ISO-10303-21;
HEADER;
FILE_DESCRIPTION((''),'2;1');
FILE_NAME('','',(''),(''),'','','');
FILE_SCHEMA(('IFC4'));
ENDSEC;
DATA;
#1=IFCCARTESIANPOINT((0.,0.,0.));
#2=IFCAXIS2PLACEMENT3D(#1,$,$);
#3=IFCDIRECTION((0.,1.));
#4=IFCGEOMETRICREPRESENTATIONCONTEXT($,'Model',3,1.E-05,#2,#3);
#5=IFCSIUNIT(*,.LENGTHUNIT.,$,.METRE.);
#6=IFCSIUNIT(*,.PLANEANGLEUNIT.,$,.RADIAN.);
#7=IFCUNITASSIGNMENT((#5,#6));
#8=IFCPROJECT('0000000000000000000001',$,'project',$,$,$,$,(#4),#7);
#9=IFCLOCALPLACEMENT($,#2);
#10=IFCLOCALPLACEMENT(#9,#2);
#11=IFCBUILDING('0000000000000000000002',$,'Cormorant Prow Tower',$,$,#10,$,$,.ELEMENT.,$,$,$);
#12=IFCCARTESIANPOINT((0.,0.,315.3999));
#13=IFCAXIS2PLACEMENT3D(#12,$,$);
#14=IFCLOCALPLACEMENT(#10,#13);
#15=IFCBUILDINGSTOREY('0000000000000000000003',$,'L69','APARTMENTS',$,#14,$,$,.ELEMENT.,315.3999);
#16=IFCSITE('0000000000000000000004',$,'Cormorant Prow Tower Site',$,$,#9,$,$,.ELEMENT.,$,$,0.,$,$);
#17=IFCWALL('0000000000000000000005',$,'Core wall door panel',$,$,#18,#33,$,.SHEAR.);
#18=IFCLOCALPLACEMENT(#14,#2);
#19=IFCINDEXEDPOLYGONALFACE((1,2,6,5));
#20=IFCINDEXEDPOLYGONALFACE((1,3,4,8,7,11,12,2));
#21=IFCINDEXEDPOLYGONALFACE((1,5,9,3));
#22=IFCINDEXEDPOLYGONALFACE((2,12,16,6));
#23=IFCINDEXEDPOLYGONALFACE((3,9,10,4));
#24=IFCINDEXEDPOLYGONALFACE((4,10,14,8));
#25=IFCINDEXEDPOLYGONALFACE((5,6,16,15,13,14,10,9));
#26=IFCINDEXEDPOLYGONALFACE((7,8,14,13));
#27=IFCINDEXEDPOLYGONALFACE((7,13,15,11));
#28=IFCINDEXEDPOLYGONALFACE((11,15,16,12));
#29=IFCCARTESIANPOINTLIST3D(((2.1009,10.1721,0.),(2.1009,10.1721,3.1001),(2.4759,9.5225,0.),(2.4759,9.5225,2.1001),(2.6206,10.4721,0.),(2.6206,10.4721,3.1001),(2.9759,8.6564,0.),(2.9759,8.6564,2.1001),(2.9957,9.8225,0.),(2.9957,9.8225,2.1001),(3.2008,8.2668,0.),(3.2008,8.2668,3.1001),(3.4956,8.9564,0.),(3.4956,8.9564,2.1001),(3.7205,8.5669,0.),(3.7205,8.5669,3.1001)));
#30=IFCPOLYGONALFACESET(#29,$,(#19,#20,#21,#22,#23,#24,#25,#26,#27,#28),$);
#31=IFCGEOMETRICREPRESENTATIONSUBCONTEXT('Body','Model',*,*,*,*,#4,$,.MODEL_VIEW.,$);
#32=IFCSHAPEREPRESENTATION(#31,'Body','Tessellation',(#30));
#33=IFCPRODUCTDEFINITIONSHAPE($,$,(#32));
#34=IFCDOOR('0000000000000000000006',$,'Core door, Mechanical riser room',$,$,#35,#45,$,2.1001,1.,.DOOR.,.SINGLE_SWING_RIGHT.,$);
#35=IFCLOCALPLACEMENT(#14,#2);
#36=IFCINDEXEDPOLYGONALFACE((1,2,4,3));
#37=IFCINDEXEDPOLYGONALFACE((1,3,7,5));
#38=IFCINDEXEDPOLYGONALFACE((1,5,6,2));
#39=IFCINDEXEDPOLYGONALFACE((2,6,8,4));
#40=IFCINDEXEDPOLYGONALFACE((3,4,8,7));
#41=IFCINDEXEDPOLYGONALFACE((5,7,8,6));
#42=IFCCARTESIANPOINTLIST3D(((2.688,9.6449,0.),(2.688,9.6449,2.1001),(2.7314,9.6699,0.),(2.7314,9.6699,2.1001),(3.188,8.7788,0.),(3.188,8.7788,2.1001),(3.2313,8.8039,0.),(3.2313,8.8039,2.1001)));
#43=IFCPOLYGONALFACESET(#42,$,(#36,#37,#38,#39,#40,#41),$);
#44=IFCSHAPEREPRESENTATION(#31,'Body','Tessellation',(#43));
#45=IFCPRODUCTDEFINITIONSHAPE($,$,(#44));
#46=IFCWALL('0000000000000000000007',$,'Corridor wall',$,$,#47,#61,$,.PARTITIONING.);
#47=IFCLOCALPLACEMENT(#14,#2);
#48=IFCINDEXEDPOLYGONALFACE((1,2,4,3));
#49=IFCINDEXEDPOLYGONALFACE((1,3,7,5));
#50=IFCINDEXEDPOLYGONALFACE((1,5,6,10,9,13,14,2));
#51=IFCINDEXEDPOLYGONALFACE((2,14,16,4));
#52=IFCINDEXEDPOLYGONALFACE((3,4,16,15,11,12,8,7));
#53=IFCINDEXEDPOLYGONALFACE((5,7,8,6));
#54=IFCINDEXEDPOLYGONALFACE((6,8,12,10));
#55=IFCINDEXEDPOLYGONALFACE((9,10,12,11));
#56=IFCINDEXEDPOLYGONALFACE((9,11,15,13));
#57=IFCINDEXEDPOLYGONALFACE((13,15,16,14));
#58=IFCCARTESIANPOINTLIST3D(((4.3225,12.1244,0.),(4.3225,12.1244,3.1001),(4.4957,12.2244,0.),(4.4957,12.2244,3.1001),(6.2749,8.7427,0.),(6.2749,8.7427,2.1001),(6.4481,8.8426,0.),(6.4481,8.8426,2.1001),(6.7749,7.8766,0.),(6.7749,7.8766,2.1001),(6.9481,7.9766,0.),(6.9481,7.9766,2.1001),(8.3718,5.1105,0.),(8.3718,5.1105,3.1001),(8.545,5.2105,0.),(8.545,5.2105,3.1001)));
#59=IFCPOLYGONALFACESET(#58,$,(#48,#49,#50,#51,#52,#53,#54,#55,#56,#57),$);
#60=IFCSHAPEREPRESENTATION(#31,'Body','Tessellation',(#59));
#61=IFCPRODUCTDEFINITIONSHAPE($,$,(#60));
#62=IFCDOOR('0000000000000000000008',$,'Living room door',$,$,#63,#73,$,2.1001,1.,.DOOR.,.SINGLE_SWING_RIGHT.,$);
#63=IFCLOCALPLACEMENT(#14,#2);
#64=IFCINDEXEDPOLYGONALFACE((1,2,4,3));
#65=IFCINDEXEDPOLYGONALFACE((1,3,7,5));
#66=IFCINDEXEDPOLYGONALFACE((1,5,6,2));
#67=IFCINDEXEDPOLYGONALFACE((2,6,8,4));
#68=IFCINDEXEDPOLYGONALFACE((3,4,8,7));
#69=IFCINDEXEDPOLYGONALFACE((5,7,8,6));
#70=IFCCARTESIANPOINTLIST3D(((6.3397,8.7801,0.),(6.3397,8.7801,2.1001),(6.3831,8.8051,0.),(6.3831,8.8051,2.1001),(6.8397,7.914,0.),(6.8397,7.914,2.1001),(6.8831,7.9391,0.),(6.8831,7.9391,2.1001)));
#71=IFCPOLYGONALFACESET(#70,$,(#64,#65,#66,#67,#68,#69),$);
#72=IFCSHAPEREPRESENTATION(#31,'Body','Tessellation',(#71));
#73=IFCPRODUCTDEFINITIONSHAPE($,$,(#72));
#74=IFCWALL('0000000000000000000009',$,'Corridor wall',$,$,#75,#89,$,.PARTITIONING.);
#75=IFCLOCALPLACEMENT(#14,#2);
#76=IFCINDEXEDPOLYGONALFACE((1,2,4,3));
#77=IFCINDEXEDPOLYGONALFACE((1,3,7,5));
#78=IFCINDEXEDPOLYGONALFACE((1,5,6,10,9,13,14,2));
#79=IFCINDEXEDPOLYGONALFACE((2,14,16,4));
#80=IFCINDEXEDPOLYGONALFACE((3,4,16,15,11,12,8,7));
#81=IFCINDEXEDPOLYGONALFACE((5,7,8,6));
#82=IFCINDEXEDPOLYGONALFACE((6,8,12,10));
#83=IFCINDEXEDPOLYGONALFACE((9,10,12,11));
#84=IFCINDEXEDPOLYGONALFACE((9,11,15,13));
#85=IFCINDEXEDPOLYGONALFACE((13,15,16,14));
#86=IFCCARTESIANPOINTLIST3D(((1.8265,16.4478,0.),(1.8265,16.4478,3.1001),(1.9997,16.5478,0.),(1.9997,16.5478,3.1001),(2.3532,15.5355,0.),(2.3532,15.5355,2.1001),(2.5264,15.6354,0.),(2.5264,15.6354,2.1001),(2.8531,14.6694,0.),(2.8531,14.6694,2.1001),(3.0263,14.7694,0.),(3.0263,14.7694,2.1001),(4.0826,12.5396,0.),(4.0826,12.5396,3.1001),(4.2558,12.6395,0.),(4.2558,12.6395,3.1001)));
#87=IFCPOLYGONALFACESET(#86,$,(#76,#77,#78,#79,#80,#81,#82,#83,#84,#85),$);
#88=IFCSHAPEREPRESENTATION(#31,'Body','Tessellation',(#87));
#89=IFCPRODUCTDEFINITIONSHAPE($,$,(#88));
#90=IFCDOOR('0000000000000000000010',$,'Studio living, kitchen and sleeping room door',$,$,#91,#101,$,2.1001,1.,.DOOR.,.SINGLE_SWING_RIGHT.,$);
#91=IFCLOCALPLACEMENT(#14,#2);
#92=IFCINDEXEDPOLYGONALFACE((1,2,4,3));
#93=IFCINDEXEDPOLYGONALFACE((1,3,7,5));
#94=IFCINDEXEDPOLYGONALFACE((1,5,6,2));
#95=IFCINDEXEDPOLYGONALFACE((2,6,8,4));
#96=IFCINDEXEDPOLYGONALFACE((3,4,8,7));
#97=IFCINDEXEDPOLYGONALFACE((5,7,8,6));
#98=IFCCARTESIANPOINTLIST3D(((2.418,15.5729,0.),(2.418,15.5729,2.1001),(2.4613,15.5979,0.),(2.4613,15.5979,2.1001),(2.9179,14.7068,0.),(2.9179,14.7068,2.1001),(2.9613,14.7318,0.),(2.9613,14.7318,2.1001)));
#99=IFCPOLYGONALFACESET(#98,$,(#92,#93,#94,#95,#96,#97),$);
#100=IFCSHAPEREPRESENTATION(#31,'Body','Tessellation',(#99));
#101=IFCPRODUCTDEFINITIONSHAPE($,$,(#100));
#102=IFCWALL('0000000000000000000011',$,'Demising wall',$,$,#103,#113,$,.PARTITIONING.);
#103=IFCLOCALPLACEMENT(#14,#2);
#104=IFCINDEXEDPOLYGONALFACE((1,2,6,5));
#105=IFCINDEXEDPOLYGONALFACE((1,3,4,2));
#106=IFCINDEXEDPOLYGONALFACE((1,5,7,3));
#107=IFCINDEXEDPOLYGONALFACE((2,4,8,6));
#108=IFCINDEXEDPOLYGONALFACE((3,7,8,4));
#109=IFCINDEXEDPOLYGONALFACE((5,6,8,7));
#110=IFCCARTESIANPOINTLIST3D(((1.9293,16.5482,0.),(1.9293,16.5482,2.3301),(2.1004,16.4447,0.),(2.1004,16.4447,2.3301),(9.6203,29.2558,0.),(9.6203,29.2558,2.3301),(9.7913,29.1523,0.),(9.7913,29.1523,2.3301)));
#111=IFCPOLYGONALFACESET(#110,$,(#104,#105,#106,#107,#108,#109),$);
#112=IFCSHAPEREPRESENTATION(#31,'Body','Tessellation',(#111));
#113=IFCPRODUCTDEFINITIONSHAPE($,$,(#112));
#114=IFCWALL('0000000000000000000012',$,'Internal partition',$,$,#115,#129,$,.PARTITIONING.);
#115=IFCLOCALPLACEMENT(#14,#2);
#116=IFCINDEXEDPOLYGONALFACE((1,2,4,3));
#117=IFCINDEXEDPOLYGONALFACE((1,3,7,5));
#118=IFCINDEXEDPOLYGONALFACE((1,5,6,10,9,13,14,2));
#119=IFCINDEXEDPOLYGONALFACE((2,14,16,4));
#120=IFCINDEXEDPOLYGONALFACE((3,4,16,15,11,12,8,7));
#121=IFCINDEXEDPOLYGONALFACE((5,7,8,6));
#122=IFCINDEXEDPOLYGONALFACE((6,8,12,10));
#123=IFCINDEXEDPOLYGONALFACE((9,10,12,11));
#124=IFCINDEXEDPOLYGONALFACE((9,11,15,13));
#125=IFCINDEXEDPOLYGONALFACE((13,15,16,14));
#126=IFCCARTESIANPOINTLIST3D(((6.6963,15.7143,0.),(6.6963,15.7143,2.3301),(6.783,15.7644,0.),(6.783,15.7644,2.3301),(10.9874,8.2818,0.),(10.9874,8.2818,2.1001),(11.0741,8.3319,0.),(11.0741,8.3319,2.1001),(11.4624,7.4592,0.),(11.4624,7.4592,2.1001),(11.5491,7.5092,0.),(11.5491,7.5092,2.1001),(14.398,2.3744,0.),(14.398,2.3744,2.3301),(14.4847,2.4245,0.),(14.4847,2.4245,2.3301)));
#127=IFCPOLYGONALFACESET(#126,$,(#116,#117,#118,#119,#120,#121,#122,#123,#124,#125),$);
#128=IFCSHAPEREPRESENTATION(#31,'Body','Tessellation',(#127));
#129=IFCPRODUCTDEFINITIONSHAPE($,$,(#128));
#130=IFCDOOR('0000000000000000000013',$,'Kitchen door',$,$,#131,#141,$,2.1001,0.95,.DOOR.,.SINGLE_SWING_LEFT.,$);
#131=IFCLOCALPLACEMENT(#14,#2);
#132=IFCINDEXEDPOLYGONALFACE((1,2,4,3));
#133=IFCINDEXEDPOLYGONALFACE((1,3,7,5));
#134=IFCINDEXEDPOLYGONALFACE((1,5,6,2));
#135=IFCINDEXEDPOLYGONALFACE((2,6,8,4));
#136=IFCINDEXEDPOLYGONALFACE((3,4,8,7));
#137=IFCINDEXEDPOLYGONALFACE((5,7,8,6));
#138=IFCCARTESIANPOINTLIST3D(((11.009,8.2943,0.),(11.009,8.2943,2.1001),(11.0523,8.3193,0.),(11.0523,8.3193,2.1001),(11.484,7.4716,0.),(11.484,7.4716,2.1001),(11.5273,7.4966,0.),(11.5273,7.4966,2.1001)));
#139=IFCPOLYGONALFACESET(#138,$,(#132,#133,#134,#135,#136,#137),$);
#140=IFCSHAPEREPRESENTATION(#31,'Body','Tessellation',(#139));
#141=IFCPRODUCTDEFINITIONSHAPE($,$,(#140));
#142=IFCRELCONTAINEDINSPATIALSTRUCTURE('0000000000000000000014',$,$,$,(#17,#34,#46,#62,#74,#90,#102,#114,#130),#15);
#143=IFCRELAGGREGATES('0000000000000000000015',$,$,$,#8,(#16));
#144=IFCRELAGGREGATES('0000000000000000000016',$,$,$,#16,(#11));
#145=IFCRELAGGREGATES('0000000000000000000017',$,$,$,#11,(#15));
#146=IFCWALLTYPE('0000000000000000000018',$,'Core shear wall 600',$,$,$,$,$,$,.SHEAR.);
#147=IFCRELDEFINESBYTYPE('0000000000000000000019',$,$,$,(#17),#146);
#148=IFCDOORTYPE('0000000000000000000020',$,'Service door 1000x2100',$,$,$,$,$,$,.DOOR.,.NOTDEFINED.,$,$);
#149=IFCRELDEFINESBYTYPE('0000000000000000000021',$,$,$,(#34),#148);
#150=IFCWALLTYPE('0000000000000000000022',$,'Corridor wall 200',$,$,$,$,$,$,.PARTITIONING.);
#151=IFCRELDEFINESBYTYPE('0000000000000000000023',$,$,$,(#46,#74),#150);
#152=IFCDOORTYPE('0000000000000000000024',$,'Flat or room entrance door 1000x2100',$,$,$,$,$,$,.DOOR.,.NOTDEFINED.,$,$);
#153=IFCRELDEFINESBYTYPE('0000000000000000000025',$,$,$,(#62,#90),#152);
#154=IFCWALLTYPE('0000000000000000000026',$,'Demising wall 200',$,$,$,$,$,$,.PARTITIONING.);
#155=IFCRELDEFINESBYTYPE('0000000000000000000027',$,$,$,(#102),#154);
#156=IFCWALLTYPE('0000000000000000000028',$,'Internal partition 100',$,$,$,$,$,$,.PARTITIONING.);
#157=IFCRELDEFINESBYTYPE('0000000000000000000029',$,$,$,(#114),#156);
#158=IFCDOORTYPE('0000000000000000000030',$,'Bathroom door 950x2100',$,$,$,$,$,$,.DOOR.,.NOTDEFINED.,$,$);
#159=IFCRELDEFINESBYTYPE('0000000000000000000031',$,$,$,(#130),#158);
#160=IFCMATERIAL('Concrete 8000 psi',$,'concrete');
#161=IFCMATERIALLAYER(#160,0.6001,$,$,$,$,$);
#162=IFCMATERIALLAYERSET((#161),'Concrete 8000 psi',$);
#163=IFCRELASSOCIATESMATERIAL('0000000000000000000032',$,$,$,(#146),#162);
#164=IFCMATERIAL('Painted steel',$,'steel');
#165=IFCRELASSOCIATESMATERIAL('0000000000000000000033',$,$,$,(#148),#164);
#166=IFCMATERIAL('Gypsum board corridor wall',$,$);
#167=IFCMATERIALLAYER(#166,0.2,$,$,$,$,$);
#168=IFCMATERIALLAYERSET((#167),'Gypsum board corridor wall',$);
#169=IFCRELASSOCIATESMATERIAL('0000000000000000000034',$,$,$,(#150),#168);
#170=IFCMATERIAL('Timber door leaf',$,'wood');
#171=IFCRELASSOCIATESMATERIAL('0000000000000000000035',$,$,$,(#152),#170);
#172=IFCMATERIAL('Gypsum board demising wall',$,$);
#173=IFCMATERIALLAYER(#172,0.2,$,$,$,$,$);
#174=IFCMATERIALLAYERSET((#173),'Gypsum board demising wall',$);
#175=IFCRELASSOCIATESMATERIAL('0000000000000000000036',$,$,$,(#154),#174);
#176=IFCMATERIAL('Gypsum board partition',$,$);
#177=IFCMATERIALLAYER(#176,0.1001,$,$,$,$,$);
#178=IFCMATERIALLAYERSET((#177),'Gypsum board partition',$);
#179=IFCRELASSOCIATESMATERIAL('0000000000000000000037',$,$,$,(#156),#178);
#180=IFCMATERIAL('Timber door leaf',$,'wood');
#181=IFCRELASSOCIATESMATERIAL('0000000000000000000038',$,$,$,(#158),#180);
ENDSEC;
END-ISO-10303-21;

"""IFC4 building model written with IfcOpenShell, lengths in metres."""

from ifc_helpers import new_model, si_unit, direction, frame, frame_2d, origin, place, context, subcontext, project, spatial, rectangle, extrude, material, layer, layer_set, type_object, element, fill, save


model = new_model("IFC4")

# Units and contexts
model_context = context("Model", 3, precision=1e-05, world=origin(), true_north=direction((0.0, 1.0)))
body_context = subcontext(model_context, "Body", "Model", "MODEL_VIEW")
ifc_project = project(units=[si_unit("LENGTHUNIT", "METRE"), si_unit("PLANEANGLEUNIT", "RADIAN")], contexts=[model_context])

# Site, building, storey
site_placement = place(None, origin())
site = spatial("IfcSite", under=ifc_project, at=site_placement, Name="Cormorant Prow Tower Site", CompositionType="ELEMENT", RefElevation=0.0)
building_placement = place(site_placement, origin())
building = spatial("IfcBuilding", under=site, at=building_placement, Name="Cormorant Prow Tower", CompositionType="ELEMENT")
storey_placement = place(building_placement, frame((0.0, 0.0, 315.3999)))
storey = spatial("IfcBuildingStorey", under=building, at=storey_placement, Name="L69", Description="APARTMENTS", CompositionType="ELEMENT", Elevation=315.3999)

# Shared definitions
ifc_material_1 = material(Name="Concrete 8000 psi", Category="concrete")
ifc_layer_1 = layer(ifc_material_1, 0.6001)
ifc_layer_set_1 = layer_set([ifc_layer_1], Name="Concrete 8000 psi")
wall_type_1 = type_object("IfcWallType", Name="Core shear wall 600", PredefinedType="SHEAR", material=ifc_layer_set_1)

# Walls, openings, doors
wall_1_placement = place(storey_placement, frame((3.4607, 8.4167, 0.0), z_axis=(0.0, 0.0, 1.0), x_axis=(-0.499947, 0.866056, 0.0)))
wall_1 = element("IfcWall", 1, at=wall_1_placement, inside=storey, type_object=wall_type_1, Name="Core wall door panel", PredefinedType="SHEAR", context=body_context, shape_type="SweptSolid", body=[
    extrude(rectangle(XDim=2.2, YDim=0.6001, at=frame_2d((1.1001, 0.0))), origin(), (0.0, 0.0, 1.0), 3.1001),
])
opening_1_placement = place(wall_1_placement, frame((0.45, 0.0, 0.0)))
opening_1 = element("IfcOpeningElement", 2, at=opening_1_placement, cuts=wall_1, PredefinedType="OPENING", context=body_context, shape_type="SweptSolid", body=[
    extrude(rectangle(XDim=1.0, YDim=2.1001, at=frame_2d((0.5, 1.05))), frame((0.0, 0.3101, 0.0), z_axis=(0.0, -1.0, 0.0), x_axis=(1.0, 0.0, 0.0)), (0.0, 0.0, 1.0), 0.6201),
])
ifc_material_2 = material(Name="Painted steel", Category="steel")
door_type_1 = type_object("IfcDoorType", Name="Service door 1000x2100", OperationType="NOTDEFINED", PredefinedType="DOOR", material=ifc_material_2)
door_1_placement = place(opening_1_placement, origin())
door_1 = element("IfcDoor", 3, at=door_1_placement, inside=storey, type_object=door_type_1, Name="Core door, Mechanical riser room", OperationType="SINGLE_SWING_RIGHT", OverallHeight=2.1001, OverallWidth=1.0, PredefinedType="DOOR", context=body_context, shape_type="SweptSolid", body=[
    extrude(rectangle(XDim=1.0, YDim=2.1001, at=frame_2d((0.5, 1.05))), frame((0.0, 0.0552, 0.0), z_axis=(0.0, -1.0, 0.0), x_axis=(1.0, 0.0, 0.0)), (0.0, 0.0, 1.0), 0.05),
])
fill(opening_1, door_1)
ifc_material_3 = material(Name="Gypsum board corridor wall")
ifc_layer_2 = layer(ifc_material_3, 0.2)
ifc_layer_set_2 = layer_set([ifc_layer_2], Name="Gypsum board corridor wall")
wall_type_2 = type_object("IfcWallType", Name="Corridor wall 200", PredefinedType="PARTITIONING", material=ifc_layer_set_2)
wall_2_placement = place(storey_placement, frame((4.4092, 12.1743, 0.0), z_axis=(0.0, 0.0, 1.0), x_axis=(0.499984, -0.866034, 0.0)))
wall_2 = element("IfcWall", 4, at=wall_2_placement, inside=storey, type_object=wall_type_2, Name="Corridor wall", PredefinedType="PARTITIONING", context=body_context, shape_type="SweptSolid", body=[
    extrude(rectangle(XDim=8.0989, YDim=0.2, at=frame_2d((4.0493, 0.0))), origin(), (0.0, 0.0, 1.0), 3.1001),
])
opening_2_placement = place(wall_2_placement, frame((3.9048, 0.0, 0.0)))
opening_2 = element("IfcOpeningElement", 5, at=opening_2_placement, cuts=wall_2, PredefinedType="OPENING", context=body_context, shape_type="SweptSolid", body=[
    extrude(rectangle(XDim=1.0, YDim=2.1001, at=frame_2d((0.5, 1.05))), frame((0.0, 0.1099, 0.0), z_axis=(0.0, -1.0, 0.0), x_axis=(1.0, 0.0, 0.0)), (0.0, 0.0, 1.0), 0.22),
])
ifc_material_4 = material(Name="Timber door leaf", Category="wood")
door_type_2 = type_object("IfcDoorType", Name="Flat or room entrance door 1000x2100", OperationType="NOTDEFINED", PredefinedType="DOOR", material=ifc_material_4)
door_2_placement = place(opening_2_placement, origin())
door_2 = element("IfcDoor", 6, at=door_2_placement, inside=storey, type_object=door_type_2, Name="Living room door", OperationType="SINGLE_SWING_RIGHT", OverallHeight=2.1001, OverallWidth=1.0, PredefinedType="DOOR", context=body_context, shape_type="SweptSolid", body=[
    extrude(rectangle(XDim=1.0, YDim=2.1001, at=frame_2d((0.5, 1.05))), frame((0.0, 0.0249, 0.0), z_axis=(0.0, -1.0, 0.0), x_axis=(1.0, 0.0, 0.0)), (0.0, 0.0, 1.0), 0.05),
])
fill(opening_2, door_2)
wall_3_placement = place(storey_placement, frame((1.9131, 16.4978, 0.0), z_axis=(0.0, 0.0, 1.0), x_axis=(0.49995, -0.866054, 0.0)))
wall_3 = element("IfcWall", 7, at=wall_3_placement, inside=storey, type_object=wall_type_2, Name="Corridor wall", PredefinedType="PARTITIONING", context=body_context, shape_type="SweptSolid", body=[
    extrude(rectangle(XDim=4.5127, YDim=0.2, at=frame_2d((2.2563, 0.0))), origin(), (0.0, 0.0, 1.0), 3.1001),
])
opening_3_placement = place(wall_3_placement, frame((1.0535, 0.0, 0.0)))
opening_3 = element("IfcOpeningElement", 8, at=opening_3_placement, cuts=wall_3, PredefinedType="OPENING", context=body_context, shape_type="SweptSolid", body=[
    extrude(rectangle(XDim=1.0, YDim=2.1001, at=frame_2d((0.5, 1.05))), frame((0.0, 0.1099, 0.0), z_axis=(0.0, -1.0, 0.0), x_axis=(1.0, 0.0, 0.0)), (0.0, 0.0, 1.0), 0.22),
])
door_3_placement = place(opening_3_placement, origin())
door_3 = element("IfcDoor", 9, at=door_3_placement, inside=storey, type_object=door_type_2, Name="Studio living, kitchen and sleeping room door", OperationType="SINGLE_SWING_RIGHT", OverallHeight=2.1001, OverallWidth=1.0, PredefinedType="DOOR", context=body_context, shape_type="SweptSolid", body=[
    extrude(rectangle(XDim=1.0, YDim=2.1001, at=frame_2d((0.5, 1.05))), frame((0.0, 0.0249, 0.0), z_axis=(0.0, -1.0, 0.0), x_axis=(1.0, 0.0, 0.0)), (0.0, 0.0, 1.0), 0.05),
])
fill(opening_3, door_3)

# Wall
ifc_material_5 = material(Name="Gypsum board demising wall")
ifc_layer_3 = layer(ifc_material_5, 0.2)
ifc_layer_set_3 = layer_set([ifc_layer_3], Name="Gypsum board demising wall")
wall_type_3 = type_object("IfcWallType", Name="Demising wall 200", PredefinedType="PARTITIONING", material=ifc_layer_set_3)
wall_4_placement = place(storey_placement, frame((2.0149, 16.4966, 0.0), z_axis=(0.0, 0.0, 1.0), x_axis=(0.517779, 0.855514, 0.0)))
element("IfcWall", 10, at=wall_4_placement, inside=storey, type_object=wall_type_3, Name="Demising wall", PredefinedType="PARTITIONING", context=body_context, shape_type="SweptSolid", body=[
    extrude(rectangle(XDim=14.8538, YDim=0.2, at=frame_2d((7.4268, 0.0))), origin(), (0.0, 0.0, 1.0), 2.3301),
])

# Wall, opening, door
ifc_material_6 = material(Name="Gypsum board partition")
ifc_layer_4 = layer(ifc_material_6, 0.1001)
ifc_layer_set_4 = layer_set([ifc_layer_4], Name="Gypsum board partition")
wall_type_4 = type_object("IfcWallType", Name="Internal partition 100", PredefinedType="PARTITIONING", material=ifc_layer_set_4)
wall_5_placement = place(storey_placement, frame((6.7397, 15.7393, 0.0), z_axis=(0.0, 0.0, 1.0), x_axis=(0.499995, -0.866028, 0.0)))
wall_5 = element("IfcWall", 11, at=wall_5_placement, inside=storey, type_object=wall_type_4, Name="Internal partition", PredefinedType="PARTITIONING", context=body_context, shape_type="SweptSolid", body=[
    extrude(rectangle(XDim=15.4036, YDim=0.1001, at=frame_2d((7.7017, 0.0))), origin(), (0.0, 0.0, 1.0), 2.3301),
])
opening_4_placement = place(wall_5_placement, frame((8.582, 0.0, 0.0)))
opening_4 = element("IfcOpeningElement", 12, at=opening_4_placement, cuts=wall_5, PredefinedType="OPENING", context=body_context, shape_type="SweptSolid", body=[
    extrude(rectangle(XDim=0.95, YDim=2.1001, at=frame_2d((0.4751, 1.05))), frame((0.0, 0.0601, 0.0), z_axis=(0.0, -1.0, 0.0), x_axis=(1.0, 0.0, 0.0)), (0.0, 0.0, 1.0), 0.1201),
])
ifc_material_7 = material(Name="Timber door leaf", Category="wood")
door_type_3 = type_object("IfcDoorType", Name="Bathroom door 950x2100", OperationType="NOTDEFINED", PredefinedType="DOOR", material=ifc_material_7)
door_4_placement = place(opening_4_placement, origin())
door_4 = element("IfcDoor", 13, at=door_4_placement, inside=storey, type_object=door_type_3, Name="Kitchen door", OperationType="SINGLE_SWING_LEFT", OverallHeight=2.1001, OverallWidth=0.95, PredefinedType="DOOR", context=body_context, shape_type="SweptSolid", body=[
    extrude(rectangle(XDim=0.95, YDim=2.1001, at=frame_2d((0.4751, 1.05))), frame((0.0, 0.0249, 0.0), z_axis=(0.0, -1.0, 0.0), x_axis=(1.0, 0.0, 0.0)), (0.0, 0.0, 1.0), 0.05),
])
fill(opening_4, door_4)

save(model, "model.ifc")
